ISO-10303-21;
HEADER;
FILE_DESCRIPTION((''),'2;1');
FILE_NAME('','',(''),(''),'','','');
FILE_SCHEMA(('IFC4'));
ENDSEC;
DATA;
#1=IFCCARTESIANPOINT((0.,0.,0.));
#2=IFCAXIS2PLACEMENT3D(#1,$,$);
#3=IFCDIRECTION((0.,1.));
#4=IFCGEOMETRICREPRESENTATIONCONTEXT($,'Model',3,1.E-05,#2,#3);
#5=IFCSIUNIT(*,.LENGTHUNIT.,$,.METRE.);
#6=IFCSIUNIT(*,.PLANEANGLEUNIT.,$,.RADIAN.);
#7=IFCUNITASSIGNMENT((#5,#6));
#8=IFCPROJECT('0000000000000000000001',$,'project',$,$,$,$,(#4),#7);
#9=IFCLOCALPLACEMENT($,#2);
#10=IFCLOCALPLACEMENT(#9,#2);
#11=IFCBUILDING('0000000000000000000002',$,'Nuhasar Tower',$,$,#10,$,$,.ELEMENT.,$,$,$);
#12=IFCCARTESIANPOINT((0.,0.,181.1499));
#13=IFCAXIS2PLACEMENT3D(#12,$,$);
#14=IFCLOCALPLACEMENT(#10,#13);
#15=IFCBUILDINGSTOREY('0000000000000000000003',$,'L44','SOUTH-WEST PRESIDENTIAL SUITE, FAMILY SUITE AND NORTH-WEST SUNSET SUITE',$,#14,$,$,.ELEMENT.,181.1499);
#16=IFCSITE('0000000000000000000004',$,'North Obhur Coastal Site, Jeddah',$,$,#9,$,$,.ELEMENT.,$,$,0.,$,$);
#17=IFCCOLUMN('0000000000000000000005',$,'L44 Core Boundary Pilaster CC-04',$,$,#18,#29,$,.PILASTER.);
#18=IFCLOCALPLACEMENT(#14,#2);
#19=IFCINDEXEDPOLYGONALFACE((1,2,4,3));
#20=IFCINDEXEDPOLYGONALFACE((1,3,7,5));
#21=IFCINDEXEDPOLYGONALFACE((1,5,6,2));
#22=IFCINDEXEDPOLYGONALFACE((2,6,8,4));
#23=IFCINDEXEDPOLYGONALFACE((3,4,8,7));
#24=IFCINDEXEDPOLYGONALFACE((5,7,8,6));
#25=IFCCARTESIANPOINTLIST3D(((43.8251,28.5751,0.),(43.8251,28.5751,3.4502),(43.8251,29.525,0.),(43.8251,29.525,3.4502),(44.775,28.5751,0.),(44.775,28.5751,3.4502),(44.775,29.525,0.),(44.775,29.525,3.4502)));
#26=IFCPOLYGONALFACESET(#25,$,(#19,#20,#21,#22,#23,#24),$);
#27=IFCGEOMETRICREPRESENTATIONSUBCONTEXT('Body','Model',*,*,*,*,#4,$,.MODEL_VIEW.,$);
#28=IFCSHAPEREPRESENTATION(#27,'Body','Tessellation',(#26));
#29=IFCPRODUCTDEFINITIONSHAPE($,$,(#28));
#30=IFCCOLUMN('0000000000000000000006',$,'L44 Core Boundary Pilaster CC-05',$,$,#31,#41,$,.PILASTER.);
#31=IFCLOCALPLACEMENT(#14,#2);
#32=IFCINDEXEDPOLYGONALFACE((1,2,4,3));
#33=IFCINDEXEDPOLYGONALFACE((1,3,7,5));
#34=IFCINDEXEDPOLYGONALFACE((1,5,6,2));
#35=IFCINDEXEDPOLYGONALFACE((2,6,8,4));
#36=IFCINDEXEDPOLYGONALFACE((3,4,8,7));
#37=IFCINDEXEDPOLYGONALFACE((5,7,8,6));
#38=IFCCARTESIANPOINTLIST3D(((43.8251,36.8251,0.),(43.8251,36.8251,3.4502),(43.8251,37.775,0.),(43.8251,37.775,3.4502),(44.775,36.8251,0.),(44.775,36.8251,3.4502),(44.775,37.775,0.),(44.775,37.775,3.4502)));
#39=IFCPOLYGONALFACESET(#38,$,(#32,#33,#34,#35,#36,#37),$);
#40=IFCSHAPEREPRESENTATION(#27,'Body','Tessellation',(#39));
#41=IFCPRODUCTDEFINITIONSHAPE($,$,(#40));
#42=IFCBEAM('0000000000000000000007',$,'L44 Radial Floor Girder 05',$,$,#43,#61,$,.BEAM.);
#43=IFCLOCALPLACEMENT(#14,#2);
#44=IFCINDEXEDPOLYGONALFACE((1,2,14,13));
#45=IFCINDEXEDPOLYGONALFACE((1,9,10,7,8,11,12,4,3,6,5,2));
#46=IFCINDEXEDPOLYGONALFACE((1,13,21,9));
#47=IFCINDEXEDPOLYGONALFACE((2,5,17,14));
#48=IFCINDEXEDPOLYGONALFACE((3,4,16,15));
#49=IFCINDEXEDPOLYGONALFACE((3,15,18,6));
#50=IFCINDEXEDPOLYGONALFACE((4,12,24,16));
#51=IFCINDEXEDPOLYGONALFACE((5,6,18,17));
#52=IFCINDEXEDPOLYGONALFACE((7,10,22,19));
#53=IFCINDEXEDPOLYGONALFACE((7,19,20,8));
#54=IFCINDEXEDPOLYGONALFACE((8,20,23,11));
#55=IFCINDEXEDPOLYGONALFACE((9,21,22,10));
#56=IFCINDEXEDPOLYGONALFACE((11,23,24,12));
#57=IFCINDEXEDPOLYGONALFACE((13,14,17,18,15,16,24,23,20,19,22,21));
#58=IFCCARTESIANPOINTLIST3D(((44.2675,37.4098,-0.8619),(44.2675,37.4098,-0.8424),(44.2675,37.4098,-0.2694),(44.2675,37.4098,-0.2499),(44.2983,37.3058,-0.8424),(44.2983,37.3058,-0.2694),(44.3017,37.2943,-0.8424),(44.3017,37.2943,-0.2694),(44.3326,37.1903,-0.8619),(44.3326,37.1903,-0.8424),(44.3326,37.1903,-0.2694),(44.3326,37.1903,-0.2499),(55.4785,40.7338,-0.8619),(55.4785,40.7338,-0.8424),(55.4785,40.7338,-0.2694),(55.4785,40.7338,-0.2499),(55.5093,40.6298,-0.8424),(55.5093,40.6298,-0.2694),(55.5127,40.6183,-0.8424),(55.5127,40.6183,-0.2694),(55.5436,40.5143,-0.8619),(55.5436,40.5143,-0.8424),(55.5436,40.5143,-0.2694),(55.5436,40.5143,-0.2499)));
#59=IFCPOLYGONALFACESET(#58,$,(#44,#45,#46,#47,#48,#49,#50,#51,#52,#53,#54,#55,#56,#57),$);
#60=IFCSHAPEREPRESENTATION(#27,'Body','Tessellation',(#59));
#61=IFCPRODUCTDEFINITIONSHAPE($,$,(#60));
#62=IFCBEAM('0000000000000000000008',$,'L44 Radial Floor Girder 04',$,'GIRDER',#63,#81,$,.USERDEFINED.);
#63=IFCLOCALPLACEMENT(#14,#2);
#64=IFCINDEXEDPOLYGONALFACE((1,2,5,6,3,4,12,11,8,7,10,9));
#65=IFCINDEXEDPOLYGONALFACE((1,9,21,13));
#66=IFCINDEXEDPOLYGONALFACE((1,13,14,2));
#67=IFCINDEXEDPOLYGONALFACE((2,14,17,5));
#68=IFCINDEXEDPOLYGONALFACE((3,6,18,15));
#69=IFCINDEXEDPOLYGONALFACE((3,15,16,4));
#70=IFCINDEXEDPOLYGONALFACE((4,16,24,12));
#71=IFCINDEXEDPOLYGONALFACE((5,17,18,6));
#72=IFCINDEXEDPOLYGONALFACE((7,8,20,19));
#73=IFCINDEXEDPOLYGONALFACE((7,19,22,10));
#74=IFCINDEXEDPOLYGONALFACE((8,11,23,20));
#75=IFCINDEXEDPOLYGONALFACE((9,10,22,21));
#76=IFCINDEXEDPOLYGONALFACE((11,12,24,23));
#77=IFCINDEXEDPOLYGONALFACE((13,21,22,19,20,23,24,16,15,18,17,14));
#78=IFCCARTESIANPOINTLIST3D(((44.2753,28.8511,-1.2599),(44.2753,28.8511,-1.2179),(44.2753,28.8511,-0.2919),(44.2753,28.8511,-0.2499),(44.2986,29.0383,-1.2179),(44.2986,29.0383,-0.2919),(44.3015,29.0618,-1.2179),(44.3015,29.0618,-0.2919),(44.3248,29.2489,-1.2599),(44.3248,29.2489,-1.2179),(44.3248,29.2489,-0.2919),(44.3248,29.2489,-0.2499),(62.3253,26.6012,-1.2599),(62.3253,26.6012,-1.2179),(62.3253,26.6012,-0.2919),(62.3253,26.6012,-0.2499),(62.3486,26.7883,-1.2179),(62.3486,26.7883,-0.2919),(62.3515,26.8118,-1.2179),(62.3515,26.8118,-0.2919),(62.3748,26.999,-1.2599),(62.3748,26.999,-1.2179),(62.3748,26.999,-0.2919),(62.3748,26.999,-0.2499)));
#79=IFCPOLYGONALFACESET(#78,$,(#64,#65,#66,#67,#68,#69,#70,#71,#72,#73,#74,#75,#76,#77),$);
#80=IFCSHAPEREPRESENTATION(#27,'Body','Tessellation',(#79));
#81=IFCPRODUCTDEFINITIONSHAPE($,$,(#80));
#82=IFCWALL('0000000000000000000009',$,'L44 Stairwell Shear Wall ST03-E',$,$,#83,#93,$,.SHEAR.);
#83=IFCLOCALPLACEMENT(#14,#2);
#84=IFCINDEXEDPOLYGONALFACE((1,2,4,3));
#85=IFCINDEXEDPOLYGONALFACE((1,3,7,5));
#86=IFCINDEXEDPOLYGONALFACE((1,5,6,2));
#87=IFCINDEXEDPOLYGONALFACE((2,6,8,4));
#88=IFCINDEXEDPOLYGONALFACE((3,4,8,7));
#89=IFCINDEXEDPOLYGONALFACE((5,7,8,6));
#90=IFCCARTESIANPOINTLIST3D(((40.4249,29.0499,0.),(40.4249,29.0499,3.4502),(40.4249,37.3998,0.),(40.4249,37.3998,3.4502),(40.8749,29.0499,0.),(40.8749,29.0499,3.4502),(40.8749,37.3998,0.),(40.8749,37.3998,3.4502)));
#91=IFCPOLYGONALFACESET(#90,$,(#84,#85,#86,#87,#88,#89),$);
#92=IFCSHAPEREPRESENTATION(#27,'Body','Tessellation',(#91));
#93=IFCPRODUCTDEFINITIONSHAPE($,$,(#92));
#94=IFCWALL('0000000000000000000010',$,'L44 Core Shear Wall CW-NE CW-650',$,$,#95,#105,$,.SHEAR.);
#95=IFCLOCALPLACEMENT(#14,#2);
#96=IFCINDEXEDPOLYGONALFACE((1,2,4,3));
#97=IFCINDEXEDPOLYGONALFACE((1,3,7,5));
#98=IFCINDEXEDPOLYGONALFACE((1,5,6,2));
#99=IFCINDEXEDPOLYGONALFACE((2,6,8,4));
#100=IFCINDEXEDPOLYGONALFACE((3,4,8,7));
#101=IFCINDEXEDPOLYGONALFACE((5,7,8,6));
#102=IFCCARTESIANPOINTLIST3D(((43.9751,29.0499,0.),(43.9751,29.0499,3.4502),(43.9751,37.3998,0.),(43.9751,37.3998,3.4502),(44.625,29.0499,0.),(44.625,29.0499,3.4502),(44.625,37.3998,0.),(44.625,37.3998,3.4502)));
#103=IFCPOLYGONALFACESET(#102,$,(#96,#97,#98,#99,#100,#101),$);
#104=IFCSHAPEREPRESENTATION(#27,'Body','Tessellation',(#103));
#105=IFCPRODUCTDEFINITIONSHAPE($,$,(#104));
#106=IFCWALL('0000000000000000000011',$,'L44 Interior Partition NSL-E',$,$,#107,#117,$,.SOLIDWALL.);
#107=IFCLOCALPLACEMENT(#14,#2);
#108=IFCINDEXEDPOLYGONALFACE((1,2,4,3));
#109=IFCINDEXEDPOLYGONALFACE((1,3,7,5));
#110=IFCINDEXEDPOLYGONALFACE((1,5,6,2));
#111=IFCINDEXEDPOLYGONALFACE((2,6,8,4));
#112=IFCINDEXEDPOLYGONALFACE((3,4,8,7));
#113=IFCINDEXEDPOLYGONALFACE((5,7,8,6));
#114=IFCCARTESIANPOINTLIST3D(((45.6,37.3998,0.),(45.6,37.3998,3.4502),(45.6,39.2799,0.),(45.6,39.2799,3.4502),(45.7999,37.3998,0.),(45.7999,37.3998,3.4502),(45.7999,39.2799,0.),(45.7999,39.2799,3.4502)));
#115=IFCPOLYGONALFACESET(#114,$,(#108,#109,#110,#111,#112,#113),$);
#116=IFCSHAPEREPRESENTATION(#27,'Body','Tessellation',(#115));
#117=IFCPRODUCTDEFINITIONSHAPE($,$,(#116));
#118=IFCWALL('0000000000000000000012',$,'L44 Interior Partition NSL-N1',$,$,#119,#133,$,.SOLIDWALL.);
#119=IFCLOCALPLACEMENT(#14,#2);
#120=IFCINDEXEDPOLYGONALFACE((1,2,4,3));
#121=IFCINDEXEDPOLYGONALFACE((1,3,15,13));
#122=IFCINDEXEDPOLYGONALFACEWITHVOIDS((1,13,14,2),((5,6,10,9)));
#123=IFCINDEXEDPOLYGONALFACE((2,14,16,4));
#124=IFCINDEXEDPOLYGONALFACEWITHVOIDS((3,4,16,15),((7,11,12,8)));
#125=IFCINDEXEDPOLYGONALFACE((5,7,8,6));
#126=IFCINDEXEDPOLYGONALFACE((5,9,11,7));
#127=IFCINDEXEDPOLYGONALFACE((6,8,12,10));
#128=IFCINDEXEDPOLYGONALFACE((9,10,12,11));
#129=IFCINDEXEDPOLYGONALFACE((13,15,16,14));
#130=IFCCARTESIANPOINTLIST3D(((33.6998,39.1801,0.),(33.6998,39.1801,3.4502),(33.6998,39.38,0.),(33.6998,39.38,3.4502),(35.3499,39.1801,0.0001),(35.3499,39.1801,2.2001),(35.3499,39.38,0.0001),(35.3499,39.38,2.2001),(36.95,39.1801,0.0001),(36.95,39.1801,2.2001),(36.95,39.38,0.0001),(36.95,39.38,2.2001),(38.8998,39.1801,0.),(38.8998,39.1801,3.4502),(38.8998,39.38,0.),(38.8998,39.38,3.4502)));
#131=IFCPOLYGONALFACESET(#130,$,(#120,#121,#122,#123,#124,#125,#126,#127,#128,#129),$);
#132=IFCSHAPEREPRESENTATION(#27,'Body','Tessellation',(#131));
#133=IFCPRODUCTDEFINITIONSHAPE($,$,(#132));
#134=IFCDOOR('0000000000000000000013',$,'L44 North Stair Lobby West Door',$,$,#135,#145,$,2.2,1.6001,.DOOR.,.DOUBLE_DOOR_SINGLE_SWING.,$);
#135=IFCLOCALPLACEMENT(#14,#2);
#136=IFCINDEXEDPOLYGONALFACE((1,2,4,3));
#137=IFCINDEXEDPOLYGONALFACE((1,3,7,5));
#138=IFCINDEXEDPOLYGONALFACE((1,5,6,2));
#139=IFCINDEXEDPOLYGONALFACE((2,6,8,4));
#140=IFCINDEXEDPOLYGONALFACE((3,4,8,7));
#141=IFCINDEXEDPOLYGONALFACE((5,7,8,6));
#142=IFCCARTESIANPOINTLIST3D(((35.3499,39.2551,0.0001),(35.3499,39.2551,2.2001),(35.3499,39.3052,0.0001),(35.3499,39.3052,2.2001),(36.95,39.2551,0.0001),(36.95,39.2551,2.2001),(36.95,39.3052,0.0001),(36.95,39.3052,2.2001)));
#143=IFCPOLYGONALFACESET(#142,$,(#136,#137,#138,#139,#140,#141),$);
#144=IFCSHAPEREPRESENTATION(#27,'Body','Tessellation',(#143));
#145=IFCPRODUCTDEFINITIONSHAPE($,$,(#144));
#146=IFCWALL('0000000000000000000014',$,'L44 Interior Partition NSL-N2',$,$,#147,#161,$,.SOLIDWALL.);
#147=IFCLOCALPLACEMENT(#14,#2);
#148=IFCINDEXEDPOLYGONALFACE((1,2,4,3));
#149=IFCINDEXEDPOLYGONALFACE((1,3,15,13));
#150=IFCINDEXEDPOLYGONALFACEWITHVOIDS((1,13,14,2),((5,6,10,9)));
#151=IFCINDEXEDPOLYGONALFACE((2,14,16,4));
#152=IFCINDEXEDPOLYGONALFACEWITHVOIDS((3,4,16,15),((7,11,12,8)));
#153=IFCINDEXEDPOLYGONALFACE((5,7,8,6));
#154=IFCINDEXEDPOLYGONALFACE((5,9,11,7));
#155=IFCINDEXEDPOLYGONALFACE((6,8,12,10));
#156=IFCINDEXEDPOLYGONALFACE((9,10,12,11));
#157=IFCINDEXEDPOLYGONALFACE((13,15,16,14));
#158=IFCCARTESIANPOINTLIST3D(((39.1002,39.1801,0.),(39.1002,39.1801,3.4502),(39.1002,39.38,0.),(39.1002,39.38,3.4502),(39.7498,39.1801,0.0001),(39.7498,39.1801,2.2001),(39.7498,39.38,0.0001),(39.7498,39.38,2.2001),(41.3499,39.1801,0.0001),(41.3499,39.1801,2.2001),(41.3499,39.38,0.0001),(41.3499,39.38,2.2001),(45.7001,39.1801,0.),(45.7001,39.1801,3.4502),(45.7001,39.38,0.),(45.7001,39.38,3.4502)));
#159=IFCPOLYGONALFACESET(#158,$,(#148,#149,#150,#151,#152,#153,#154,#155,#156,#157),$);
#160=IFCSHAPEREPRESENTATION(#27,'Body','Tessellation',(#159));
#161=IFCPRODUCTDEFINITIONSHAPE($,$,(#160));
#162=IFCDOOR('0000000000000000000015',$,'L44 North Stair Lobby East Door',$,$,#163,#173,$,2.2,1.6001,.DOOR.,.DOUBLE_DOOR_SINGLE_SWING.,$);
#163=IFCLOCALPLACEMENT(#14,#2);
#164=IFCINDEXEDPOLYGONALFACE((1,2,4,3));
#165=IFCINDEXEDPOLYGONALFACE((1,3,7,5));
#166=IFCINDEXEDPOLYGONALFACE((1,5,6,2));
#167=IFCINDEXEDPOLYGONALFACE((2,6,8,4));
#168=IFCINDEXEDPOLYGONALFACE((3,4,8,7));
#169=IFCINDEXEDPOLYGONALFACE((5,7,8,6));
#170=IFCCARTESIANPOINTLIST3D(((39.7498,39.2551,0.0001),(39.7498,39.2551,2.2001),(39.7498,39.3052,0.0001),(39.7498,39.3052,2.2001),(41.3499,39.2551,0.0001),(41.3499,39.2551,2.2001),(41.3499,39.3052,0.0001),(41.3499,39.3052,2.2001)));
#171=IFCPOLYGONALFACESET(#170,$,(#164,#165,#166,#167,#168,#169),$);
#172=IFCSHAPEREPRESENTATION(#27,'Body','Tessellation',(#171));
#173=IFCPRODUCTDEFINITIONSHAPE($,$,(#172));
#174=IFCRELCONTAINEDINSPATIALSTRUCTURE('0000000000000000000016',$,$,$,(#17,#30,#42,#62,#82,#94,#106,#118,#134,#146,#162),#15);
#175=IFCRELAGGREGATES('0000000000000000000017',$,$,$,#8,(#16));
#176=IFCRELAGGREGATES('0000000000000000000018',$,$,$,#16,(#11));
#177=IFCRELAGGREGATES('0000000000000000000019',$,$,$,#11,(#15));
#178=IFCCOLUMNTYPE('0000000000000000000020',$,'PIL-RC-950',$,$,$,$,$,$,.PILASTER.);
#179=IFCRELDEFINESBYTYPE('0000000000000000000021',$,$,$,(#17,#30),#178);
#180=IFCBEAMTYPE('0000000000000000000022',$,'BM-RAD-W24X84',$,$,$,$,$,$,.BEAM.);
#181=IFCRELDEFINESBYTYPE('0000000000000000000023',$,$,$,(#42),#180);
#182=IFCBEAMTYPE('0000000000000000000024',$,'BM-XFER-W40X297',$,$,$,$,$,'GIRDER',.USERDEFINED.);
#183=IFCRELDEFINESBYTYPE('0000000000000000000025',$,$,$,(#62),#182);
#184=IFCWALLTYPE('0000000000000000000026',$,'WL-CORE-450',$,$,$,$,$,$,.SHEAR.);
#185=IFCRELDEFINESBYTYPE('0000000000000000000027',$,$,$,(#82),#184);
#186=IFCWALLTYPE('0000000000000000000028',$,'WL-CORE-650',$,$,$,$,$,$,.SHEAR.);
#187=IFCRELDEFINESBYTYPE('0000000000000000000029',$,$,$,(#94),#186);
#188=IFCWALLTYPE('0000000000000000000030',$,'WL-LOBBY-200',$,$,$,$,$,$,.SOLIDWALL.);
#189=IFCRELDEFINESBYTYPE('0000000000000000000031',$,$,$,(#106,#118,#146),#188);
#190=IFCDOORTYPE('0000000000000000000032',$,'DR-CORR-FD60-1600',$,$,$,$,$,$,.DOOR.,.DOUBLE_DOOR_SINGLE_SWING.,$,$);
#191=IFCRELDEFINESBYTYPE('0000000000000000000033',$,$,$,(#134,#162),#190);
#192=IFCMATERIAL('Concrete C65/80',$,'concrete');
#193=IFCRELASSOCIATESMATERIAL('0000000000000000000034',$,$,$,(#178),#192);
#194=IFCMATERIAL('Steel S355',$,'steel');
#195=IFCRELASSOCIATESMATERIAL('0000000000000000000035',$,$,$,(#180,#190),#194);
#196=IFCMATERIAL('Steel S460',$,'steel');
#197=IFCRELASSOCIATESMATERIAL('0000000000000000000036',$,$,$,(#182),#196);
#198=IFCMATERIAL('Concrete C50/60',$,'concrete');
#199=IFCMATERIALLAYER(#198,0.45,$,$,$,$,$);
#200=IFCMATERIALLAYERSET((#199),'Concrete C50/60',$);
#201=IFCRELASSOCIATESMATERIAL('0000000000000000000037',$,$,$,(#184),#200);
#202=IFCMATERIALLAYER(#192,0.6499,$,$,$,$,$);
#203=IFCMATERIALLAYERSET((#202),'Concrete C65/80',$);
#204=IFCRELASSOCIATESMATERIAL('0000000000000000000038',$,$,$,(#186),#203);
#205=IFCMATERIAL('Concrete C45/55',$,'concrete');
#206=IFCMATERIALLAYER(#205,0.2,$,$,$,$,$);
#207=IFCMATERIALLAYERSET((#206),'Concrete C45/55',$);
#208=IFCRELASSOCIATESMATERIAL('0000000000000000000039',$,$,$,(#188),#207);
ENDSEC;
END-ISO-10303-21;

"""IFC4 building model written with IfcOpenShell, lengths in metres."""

from ifc_helpers import new_model, si_unit, direction, frame, frame_2d, origin, origin_2d, place, context, subcontext, project, spatial, rectangle, i_section, extrude, material, layer, layer_set, material_profile, profile_set, type_object, element, fill, save


model = new_model("IFC4")

# Units and contexts
model_context = context("Model", 3, precision=1e-05, world=origin(), true_north=direction((0.0, 1.0)))
body_context = subcontext(model_context, "Body", "Model", "MODEL_VIEW")
ifc_project = project(units=[si_unit("LENGTHUNIT", "METRE"), si_unit("PLANEANGLEUNIT", "RADIAN")], contexts=[model_context])

# Site, building, storey
site_placement = place(None, origin())
site = spatial("IfcSite", under=ifc_project, at=site_placement, Name="North Obhur Coastal Site, Jeddah", CompositionType="ELEMENT", RefElevation=0.0)
building_placement = place(site_placement, origin())
building = spatial("IfcBuilding", under=site, at=building_placement, Name="Nuhasar Tower", CompositionType="ELEMENT")
storey_placement = place(building_placement, frame((0.0, 0.0, 181.1499)))
storey = spatial("IfcBuildingStorey", under=building, at=storey_placement, Name="L44", Description="SOUTH-WEST PRESIDENTIAL SUITE, FAMILY SUITE AND NORTH-WEST SUNSET SUITE", CompositionType="ELEMENT", Elevation=181.1499)

# Columns
ifc_material_1 = material(Name="Concrete C65/80", Category="concrete")
ifc_material_profile_1 = material_profile(ifc_material_1, rectangle(XDim=0.95, YDim=0.95, at=origin_2d()), Name="RC950X950")
ifc_profile_set_1 = profile_set([ifc_material_profile_1], Name="Concrete C65/80")
column_type = type_object("IfcColumnType", Name="PIL-RC-950", PredefinedType="PILASTER", material=ifc_profile_set_1)
for number, where, z_axis, x_axis, name in (
    (1, (44.3, 29.05, 0.0), (0.0, 0.0, 1.0), (1.0, 0.0, 0.0), "L44 Core Boundary Pilaster CC-04"),
    (2, (44.3, 37.3, 0.0), (0.0, 0.0, 1.0), (1.0, 0.0, 0.0), "L44 Core Boundary Pilaster CC-05"),
):
    element("IfcColumn", number, at=place(storey_placement, frame(where, z_axis=z_axis, x_axis=x_axis)), inside=storey, type_object=column_type, Name=name, PredefinedType="PILASTER", context=body_context, shape_type="SweptSolid", body=[
        extrude(rectangle(XDim=0.95, YDim=0.95, at=origin_2d()), origin(), (0.0, 0.0, 1.0), 3.4502),
    ])

# Beams
ifc_material_2 = material(Name="Steel S355", Category="steel")
ifc_material_profile_2 = material_profile(ifc_material_2, i_section(OverallWidth=0.229, OverallDepth=0.6121, WebThickness=0.012, FlangeThickness=0.0195, at=origin_2d()), Name="W24X84")
ifc_profile_set_2 = profile_set([ifc_material_profile_2], Name="Steel S355")
beam_type_1 = type_object("IfcBeamType", Name="BM-RAD-W24X84", PredefinedType="BEAM", material=ifc_profile_set_2)
beam_1_placement = place(storey_placement, frame((44.3, 37.3, -0.5559), z_axis=(0.958746, 0.284262, 0.0), x_axis=(-0.284262, 0.958746, 0.0)))
element("IfcBeam", 3, at=beam_1_placement, inside=storey, type_object=beam_type_1, Name="L44 Radial Floor Girder 05", PredefinedType="BEAM", context=body_context, shape_type="SweptSolid", body=[
    extrude(i_section(OverallWidth=0.229, OverallDepth=0.6121, WebThickness=0.012, FlangeThickness=0.0195, at=origin_2d()), origin(), (0.0, 0.0, 1.0), 11.6934),
])
ifc_material_3 = material(Name="Steel S460", Category="steel")
ifc_material_profile_3 = material_profile(ifc_material_3, i_section(OverallWidth=0.4009, OverallDepth=1.01, WebThickness=0.0237, FlangeThickness=0.042, at=origin_2d()), Name="W40X297")
ifc_profile_set_3 = profile_set([ifc_material_profile_3], Name="Steel S460")
beam_type_2 = type_object("IfcBeamType", Name="BM-XFER-W40X297", ElementType="GIRDER", PredefinedType="USERDEFINED", material=ifc_profile_set_3)
beam_2_placement = place(storey_placement, frame((44.3, 29.05, -0.7549), z_axis=(0.99232, -0.123696, 0.0), x_axis=(0.123696, 0.99232, 0.0)))
element("IfcBeam", 4, at=beam_2_placement, inside=storey, type_object=beam_type_2, Name="L44 Radial Floor Girder 04", ObjectType="GIRDER", PredefinedType="USERDEFINED", context=body_context, shape_type="SweptSolid", body=[
    extrude(i_section(OverallWidth=0.4009, OverallDepth=1.01, WebThickness=0.0237, FlangeThickness=0.042, at=origin_2d()), origin(), (0.0, 0.0, 1.0), 18.1897),
])

# Shared definitions
ifc_material_4 = material(Name="Concrete C50/60", Category="concrete")
ifc_layer_1 = layer(ifc_material_4, 0.45)
ifc_layer_set_1 = layer_set([ifc_layer_1], Name="Concrete C50/60")
wall_type_1 = type_object("IfcWallType", Name="WL-CORE-450", PredefinedType="SHEAR", material=ifc_layer_set_1)

# Wall
wall_1_placement = place(storey_placement, frame((40.6499, 29.05, 0.0), z_axis=(0.0, 0.0, 1.0), x_axis=(0.0, 1.0, 0.0)))
element("IfcWall", 5, at=wall_1_placement, inside=storey, type_object=wall_type_1, Name="L44 Stairwell Shear Wall ST03-E", PredefinedType="SHEAR", context=body_context, shape_type="SweptSolid", body=[
    extrude(rectangle(XDim=8.3499, YDim=0.45, at=frame_2d((4.1748, 0.0))), origin(), (0.0, 0.0, 1.0), 3.4502),
])

# Walls
ifc_layer_2 = layer(ifc_material_1, 0.6499)
ifc_layer_set_2 = layer_set([ifc_layer_2], Name="Concrete C65/80")
wall_type_2 = type_object("IfcWallType", Name="WL-CORE-650", PredefinedType="SHEAR", material=ifc_layer_set_2)
wall_2_placement = place(storey_placement, frame((44.3, 29.05, 0.0), z_axis=(0.0, 0.0, 1.0), x_axis=(0.0, 1.0, 0.0)))
element("IfcWall", 6, at=wall_2_placement, inside=storey, type_object=wall_type_2, Name="L44 Core Shear Wall CW-NE CW-650", PredefinedType="SHEAR", context=body_context, shape_type="SweptSolid", body=[
    extrude(rectangle(XDim=8.3499, YDim=0.6499, at=frame_2d((4.1748, 0.0))), origin(), (0.0, 0.0, 1.0), 3.4502),
])
ifc_material_5 = material(Name="Concrete C45/55", Category="concrete")
ifc_layer_3 = layer(ifc_material_5, 0.2)
ifc_layer_set_3 = layer_set([ifc_layer_3], Name="Concrete C45/55")
wall_type_3 = type_object("IfcWallType", Name="WL-LOBBY-200", PredefinedType="SOLIDWALL", material=ifc_layer_set_3)
wall_3_placement = place(storey_placement, frame((45.7, 37.3999, 0.0), z_axis=(0.0, 0.0, 1.0), x_axis=(0.0, 1.0, 0.0)))
element("IfcWall", 7, at=wall_3_placement, inside=storey, type_object=wall_type_3, Name="L44 Interior Partition NSL-E", PredefinedType="SOLIDWALL", context=body_context, shape_type="SweptSolid", body=[
    extrude(rectangle(XDim=1.8801, YDim=0.2, at=frame_2d((0.9399, 0.0))), origin(), (0.0, 0.0, 1.0), 3.4502),
])

# Walls, openings, doors
wall_4_placement = place(storey_placement, frame((38.8999, 39.28, 0.0), z_axis=(0.0, 0.0, 1.0), x_axis=(-1.0, 0.0, 0.0)))
wall_4 = element("IfcWall", 8, at=wall_4_placement, inside=storey, type_object=wall_type_3, Name="L44 Interior Partition NSL-N1", PredefinedType="SOLIDWALL", context=body_context, shape_type="SweptSolid", body=[
    extrude(rectangle(XDim=5.2, YDim=0.2, at=frame_2d((2.6001, 0.0))), origin(), (0.0, 0.0, 1.0), 3.4502),
])
opening_1_placement = place(wall_4_placement, frame((1.95, 0.0, 0.0)))
opening_1 = element("IfcOpeningElement", 9, at=opening_1_placement, cuts=wall_4, PredefinedType="OPENING", context=body_context, shape_type="SweptSolid", body=[
    extrude(rectangle(XDim=1.6001, YDim=2.2, at=frame_2d((0.8, 1.1001))), frame((0.0, 0.1099, 0.0), z_axis=(0.0, -1.0, 0.0), x_axis=(1.0, 0.0, 0.0)), (0.0, 0.0, 1.0), 0.22),
])
door_type_1 = type_object("IfcDoorType", Name="DR-CORR-FD60-1600", OperationType="DOUBLE_DOOR_SINGLE_SWING", PredefinedType="DOOR", material=ifc_material_2)
door_1_placement = place(opening_1_placement, origin())
door_1 = element("IfcDoor", 10, at=door_1_placement, inside=storey, type_object=door_type_1, Name="L44 North Stair Lobby West Door", OperationType="DOUBLE_DOOR_SINGLE_SWING", OverallHeight=2.2, OverallWidth=1.6001, PredefinedType="DOOR", context=body_context, shape_type="SweptSolid", body=[
    extrude(rectangle(XDim=1.6001, YDim=2.2, at=frame_2d((0.8, 1.1001))), frame((0.0, 0.0249, 0.0), z_axis=(0.0, -1.0, 0.0), x_axis=(1.0, 0.0, 0.0)), (0.0, 0.0, 1.0), 0.05),
])
fill(opening_1, door_1)
wall_5_placement = place(storey_placement, frame((45.7, 39.28, 0.0), z_axis=(0.0, 0.0, 1.0), x_axis=(-1.0, 0.0, 0.0)))
wall_5 = element("IfcWall", 11, at=wall_5_placement, inside=storey, type_object=wall_type_3, Name="L44 Interior Partition NSL-N2", PredefinedType="SOLIDWALL", context=body_context, shape_type="SweptSolid", body=[
    extrude(rectangle(XDim=6.5999, YDim=0.2, at=frame_2d((3.2998, 0.0))), origin(), (0.0, 0.0, 1.0), 3.4502),
])
opening_2_placement = place(wall_5_placement, frame((4.3501, 0.0, 0.0)))
opening_2 = element("IfcOpeningElement", 12, at=opening_2_placement, cuts=wall_5, PredefinedType="OPENING", context=body_context, shape_type="SweptSolid", body=[
    extrude(rectangle(XDim=1.6001, YDim=2.2, at=frame_2d((0.8, 1.1001))), frame((0.0, 0.1099, 0.0), z_axis=(0.0, -1.0, 0.0), x_axis=(1.0, 0.0, 0.0)), (0.0, 0.0, 1.0), 0.22),
])
door_2_placement = place(opening_2_placement, origin())
door_2 = element("IfcDoor", 13, at=door_2_placement, inside=storey, type_object=door_type_1, Name="L44 North Stair Lobby East Door", OperationType="DOUBLE_DOOR_SINGLE_SWING", OverallHeight=2.2, OverallWidth=1.6001, PredefinedType="DOOR", context=body_context, shape_type="SweptSolid", body=[
    extrude(rectangle(XDim=1.6001, YDim=2.2, at=frame_2d((0.8, 1.1001))), frame((0.0, 0.0249, 0.0), z_axis=(0.0, -1.0, 0.0), x_axis=(1.0, 0.0, 0.0)), (0.0, 0.0, 1.0), 0.05),
])
fill(opening_2, door_2)

save(model, "model.ifc")
